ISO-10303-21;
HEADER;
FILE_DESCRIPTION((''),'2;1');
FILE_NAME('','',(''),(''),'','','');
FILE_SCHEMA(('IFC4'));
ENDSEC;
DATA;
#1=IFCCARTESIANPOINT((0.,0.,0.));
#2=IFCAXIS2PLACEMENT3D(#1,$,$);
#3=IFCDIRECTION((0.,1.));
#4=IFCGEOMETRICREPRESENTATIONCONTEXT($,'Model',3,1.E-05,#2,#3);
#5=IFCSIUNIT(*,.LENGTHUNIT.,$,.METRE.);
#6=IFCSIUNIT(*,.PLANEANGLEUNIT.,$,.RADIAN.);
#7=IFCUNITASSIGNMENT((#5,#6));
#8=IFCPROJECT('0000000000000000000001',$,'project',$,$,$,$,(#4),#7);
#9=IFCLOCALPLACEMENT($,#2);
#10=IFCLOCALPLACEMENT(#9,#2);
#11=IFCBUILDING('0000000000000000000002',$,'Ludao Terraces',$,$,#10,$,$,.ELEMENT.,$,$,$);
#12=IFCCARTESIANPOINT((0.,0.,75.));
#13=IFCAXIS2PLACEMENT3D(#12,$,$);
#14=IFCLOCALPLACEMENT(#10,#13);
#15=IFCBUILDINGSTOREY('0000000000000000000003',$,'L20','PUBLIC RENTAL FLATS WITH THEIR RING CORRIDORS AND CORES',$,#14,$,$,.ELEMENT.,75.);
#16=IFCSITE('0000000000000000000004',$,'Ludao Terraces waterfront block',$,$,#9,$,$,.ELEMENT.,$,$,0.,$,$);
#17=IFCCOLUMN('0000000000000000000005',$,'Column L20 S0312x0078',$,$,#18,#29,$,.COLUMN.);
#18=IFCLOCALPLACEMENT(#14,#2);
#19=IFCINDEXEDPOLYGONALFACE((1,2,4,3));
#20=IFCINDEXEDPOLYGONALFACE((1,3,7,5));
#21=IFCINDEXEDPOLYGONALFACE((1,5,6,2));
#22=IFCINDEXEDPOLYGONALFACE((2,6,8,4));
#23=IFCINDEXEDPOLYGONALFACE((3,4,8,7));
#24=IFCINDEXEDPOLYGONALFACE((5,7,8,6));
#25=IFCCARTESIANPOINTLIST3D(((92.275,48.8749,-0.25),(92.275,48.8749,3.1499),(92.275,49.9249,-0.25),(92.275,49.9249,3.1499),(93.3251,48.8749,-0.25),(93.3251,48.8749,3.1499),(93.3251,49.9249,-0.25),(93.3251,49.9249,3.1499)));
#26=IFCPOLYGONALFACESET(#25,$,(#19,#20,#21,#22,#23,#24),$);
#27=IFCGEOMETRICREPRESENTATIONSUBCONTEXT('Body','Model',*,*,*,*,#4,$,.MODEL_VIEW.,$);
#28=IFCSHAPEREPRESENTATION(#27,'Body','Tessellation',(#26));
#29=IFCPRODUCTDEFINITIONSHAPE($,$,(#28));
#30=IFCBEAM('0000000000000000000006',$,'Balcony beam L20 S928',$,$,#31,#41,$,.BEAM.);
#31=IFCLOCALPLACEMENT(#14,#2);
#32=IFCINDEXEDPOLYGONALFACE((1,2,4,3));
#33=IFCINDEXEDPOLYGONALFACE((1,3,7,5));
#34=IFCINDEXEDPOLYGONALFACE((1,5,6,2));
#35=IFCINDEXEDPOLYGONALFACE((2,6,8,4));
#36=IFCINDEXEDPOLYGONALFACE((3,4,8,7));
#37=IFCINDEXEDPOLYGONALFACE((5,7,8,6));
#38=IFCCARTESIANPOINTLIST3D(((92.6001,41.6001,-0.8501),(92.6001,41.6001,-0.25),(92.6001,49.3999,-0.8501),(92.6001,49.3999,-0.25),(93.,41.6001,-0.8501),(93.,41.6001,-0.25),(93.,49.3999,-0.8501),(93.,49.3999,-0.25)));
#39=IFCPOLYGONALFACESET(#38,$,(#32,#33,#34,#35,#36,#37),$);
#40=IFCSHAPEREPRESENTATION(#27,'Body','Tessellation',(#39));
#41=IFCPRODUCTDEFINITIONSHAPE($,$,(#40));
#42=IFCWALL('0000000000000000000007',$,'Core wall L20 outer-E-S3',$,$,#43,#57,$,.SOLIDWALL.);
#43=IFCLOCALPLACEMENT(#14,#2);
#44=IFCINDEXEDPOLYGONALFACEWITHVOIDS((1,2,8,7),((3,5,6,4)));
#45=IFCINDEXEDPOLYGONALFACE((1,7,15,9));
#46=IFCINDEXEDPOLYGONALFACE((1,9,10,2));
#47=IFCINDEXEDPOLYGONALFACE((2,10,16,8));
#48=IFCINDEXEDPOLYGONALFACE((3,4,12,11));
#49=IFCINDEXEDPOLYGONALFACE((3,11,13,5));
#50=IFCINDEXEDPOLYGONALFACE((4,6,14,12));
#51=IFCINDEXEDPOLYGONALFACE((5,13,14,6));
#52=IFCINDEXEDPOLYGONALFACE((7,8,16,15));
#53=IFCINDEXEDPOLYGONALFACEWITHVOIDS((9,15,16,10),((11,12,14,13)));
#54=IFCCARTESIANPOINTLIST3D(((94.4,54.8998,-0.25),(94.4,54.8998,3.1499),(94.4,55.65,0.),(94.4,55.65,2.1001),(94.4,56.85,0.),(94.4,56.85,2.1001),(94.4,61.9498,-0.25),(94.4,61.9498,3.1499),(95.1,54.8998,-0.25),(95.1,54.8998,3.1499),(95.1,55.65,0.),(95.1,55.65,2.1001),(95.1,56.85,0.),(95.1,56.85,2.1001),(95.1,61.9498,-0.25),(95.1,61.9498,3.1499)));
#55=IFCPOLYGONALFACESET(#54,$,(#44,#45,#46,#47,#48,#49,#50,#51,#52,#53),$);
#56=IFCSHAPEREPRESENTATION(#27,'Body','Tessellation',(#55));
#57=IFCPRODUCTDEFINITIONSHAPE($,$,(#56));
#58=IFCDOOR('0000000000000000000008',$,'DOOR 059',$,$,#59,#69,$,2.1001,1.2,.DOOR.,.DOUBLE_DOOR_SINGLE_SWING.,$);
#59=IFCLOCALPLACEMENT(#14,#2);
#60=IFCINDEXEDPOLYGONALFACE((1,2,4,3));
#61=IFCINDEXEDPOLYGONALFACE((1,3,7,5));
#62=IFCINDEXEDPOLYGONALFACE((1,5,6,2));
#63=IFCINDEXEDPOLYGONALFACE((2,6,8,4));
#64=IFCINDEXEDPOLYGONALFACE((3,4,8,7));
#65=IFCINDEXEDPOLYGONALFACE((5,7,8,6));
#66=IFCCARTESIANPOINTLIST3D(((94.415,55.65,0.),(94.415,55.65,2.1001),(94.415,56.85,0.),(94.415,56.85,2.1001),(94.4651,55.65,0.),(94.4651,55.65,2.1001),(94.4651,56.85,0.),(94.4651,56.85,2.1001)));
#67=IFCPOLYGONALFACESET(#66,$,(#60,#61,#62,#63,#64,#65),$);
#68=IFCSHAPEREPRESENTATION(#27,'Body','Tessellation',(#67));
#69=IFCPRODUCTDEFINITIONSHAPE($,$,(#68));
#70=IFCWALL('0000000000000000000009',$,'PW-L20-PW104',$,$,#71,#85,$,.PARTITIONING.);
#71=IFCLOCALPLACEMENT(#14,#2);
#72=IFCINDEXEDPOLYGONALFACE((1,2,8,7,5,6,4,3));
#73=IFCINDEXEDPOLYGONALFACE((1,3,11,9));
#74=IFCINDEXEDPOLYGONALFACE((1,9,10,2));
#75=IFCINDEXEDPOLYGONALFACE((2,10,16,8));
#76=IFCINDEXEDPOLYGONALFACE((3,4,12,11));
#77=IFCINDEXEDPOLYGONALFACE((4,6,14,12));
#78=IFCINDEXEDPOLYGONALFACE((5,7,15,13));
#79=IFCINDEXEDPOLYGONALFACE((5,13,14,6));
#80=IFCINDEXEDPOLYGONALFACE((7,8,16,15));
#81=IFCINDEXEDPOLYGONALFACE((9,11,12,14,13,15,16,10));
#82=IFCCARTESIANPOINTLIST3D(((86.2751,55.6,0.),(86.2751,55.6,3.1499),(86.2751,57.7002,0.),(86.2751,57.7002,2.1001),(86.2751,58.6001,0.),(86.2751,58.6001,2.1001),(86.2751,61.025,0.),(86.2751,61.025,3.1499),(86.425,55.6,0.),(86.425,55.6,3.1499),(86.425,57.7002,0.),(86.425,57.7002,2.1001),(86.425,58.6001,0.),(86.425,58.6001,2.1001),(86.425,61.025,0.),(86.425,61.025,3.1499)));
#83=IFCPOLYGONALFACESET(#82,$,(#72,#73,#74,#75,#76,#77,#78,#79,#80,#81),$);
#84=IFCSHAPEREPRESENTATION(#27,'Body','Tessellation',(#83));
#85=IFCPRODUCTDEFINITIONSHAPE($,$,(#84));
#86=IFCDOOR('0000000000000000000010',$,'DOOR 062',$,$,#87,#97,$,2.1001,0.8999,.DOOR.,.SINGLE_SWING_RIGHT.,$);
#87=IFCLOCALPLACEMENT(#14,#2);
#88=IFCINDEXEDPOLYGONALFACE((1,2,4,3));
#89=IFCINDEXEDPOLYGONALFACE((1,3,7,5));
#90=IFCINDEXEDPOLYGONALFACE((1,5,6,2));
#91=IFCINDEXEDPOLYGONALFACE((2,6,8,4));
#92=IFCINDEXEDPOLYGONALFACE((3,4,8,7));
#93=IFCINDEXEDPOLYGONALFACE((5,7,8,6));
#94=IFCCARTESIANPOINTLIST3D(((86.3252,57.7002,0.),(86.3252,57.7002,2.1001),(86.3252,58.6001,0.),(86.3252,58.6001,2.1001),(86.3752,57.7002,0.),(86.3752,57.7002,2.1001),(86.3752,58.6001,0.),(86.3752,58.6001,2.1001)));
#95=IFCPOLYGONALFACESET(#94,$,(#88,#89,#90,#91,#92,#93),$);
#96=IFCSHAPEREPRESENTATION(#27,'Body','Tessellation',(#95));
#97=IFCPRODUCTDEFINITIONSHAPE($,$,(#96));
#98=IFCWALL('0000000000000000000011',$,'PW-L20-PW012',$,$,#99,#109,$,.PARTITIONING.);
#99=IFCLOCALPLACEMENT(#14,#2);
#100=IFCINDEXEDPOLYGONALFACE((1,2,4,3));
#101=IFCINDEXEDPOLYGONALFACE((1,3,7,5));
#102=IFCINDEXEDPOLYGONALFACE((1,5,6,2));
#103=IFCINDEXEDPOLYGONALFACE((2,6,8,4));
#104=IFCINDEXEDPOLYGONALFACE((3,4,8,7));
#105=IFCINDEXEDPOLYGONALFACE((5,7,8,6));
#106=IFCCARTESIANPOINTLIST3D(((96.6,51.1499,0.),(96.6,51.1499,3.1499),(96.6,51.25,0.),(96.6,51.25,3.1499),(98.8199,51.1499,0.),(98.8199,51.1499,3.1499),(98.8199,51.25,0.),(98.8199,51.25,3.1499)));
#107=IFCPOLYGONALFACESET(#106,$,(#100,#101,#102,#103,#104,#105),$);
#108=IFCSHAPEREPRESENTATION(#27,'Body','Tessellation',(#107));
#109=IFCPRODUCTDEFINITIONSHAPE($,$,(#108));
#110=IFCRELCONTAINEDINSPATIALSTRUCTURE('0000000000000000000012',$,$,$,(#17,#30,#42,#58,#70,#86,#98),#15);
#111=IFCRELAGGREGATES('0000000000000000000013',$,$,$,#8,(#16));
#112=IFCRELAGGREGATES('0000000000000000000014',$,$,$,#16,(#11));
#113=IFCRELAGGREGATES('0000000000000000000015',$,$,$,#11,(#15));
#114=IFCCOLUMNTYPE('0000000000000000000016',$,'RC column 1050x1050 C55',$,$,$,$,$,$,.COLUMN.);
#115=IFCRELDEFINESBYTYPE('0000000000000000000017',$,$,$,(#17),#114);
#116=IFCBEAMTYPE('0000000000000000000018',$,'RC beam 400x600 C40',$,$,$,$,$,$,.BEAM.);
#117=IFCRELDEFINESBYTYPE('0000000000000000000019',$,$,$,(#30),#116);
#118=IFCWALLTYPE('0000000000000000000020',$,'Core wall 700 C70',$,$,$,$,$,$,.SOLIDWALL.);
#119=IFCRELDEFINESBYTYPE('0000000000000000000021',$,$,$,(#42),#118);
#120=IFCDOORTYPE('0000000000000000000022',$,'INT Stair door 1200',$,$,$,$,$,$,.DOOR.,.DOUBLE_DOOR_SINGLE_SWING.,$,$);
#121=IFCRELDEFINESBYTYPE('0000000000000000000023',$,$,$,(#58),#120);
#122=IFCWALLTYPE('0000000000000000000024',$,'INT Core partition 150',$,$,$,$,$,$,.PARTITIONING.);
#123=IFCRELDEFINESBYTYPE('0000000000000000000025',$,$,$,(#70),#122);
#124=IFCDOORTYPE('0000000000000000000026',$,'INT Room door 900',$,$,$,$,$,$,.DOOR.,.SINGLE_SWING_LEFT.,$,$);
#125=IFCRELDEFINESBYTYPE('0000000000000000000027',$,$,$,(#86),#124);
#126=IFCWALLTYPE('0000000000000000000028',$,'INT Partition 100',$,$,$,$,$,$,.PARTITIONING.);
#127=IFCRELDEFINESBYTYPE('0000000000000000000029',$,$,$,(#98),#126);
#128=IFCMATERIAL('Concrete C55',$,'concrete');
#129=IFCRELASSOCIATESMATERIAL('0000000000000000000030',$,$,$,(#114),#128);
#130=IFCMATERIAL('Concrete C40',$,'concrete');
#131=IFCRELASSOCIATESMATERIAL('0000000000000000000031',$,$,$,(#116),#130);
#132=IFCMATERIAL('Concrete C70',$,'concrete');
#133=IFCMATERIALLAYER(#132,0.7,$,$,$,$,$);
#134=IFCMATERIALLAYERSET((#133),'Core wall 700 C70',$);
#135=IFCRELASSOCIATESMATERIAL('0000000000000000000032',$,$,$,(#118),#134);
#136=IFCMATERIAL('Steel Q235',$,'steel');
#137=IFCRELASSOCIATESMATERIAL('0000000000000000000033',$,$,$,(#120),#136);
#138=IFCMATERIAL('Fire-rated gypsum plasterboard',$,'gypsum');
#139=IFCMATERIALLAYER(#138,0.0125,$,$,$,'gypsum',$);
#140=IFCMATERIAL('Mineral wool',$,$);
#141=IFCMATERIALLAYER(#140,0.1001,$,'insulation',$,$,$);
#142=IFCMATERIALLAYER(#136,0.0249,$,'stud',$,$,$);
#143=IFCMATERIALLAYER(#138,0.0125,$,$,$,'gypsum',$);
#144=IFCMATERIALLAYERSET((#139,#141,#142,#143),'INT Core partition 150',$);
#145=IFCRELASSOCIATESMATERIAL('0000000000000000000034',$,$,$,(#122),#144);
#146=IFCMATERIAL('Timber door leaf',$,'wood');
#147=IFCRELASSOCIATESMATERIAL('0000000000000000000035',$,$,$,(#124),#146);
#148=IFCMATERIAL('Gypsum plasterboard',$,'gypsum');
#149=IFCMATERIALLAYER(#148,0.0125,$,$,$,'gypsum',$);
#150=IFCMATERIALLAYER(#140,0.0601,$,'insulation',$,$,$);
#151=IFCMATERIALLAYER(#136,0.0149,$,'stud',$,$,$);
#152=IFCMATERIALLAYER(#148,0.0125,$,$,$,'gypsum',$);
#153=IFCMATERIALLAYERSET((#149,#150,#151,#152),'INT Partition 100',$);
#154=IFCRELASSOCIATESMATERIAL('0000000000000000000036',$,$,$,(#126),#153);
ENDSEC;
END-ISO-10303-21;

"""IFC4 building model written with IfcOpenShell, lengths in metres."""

from ifc_helpers import new_model, si_unit, direction, frame, frame_2d, origin, origin_2d, place, context, subcontext, project, spatial, rectangle, extrude, material, layer, layer_set, material_profile, profile_set, type_object, element, fill, save


model = new_model("IFC4")

# Units and contexts
model_context = context("Model", 3, precision=1e-05, world=origin(), true_north=direction((0.0, 1.0)))
body_context = subcontext(model_context, "Body", "Model", "MODEL_VIEW")
ifc_project = project(units=[si_unit("LENGTHUNIT", "METRE"), si_unit("PLANEANGLEUNIT", "RADIAN")], contexts=[model_context])

# Site, building, storey
site_placement = place(None, origin())
site = spatial("IfcSite", under=ifc_project, at=site_placement, Name="Ludao Terraces waterfront block", CompositionType="ELEMENT", RefElevation=0.0)
building_placement = place(site_placement, origin())
building = spatial("IfcBuilding", under=site, at=building_placement, Name="Ludao Terraces", CompositionType="ELEMENT")
storey_placement = place(building_placement, frame((0.0, 0.0, 75.0)))
storey = spatial("IfcBuildingStorey", under=building, at=storey_placement, Name="L20", Description="PUBLIC RENTAL FLATS WITH THEIR RING CORRIDORS AND CORES", CompositionType="ELEMENT", Elevation=75.0)

# Column
ifc_material_1 = material(Name="Concrete C55", Category="concrete")
ifc_material_profile_1 = material_profile(ifc_material_1, rectangle(XDim=1.05, YDim=1.05, at=origin_2d()), Name="1050 X 1050")
ifc_profile_set_1 = profile_set([ifc_material_profile_1], Name="Concrete C55")
column_type = type_object("IfcColumnType", Name="RC column 1050x1050 C55", PredefinedType="COLUMN", material=ifc_profile_set_1)
column_placement = place(storey_placement, frame((92.8, 49.3999, -0.25), z_axis=(0.0, 0.0, 1.0), x_axis=(1.0, 0.0, 0.0)))
element("IfcColumn", 1, at=column_placement, inside=storey, type_object=column_type, Name="Column L20 S0312x0078", PredefinedType="COLUMN", context=body_context, shape_type="SweptSolid", body=[
    extrude(rectangle(XDim=1.05, YDim=1.05, at=origin_2d()), origin(), (0.0, 0.0, 1.0), 3.3999),
])

# Beam
ifc_material_2 = material(Name="Concrete C40", Category="concrete")
ifc_material_profile_2 = material_profile(ifc_material_2, rectangle(XDim=0.3999, YDim=0.6001, at=origin_2d()), Name="400 X 600")
ifc_profile_set_2 = profile_set([ifc_material_profile_2], Name="Concrete C40")
beam_type = type_object("IfcBeamType", Name="RC beam 400x600 C40", PredefinedType="BEAM", material=ifc_profile_set_2)
beam_placement = place(storey_placement, frame((92.8, 49.3999, -0.55), z_axis=(0.0, -1.0, 0.0), x_axis=(1.0, 0.0, 0.0)))
element("IfcBeam", 2, at=beam_placement, inside=storey, type_object=beam_type, Name="Balcony beam L20 S928", PredefinedType="BEAM", context=body_context, shape_type="SweptSolid", body=[
    extrude(rectangle(XDim=0.3999, YDim=0.6001, at=origin_2d()), origin(), (0.0, 0.0, 1.0), 7.7998),
])

# Walls, openings, doors
ifc_material_3 = material(Name="Concrete C70", Category="concrete")
ifc_layer_1 = layer(ifc_material_3, 0.7)
ifc_layer_set_1 = layer_set([ifc_layer_1], Name="Core wall 700 C70")
wall_type_1 = type_object("IfcWallType", Name="Core wall 700 C70", PredefinedType="SOLIDWALL", material=ifc_layer_set_1)
wall_1_placement = place(storey_placement, frame((94.75, 54.8999, -0.25), z_axis=(0.0, 0.0, 1.0), x_axis=(0.0, 1.0, 0.0)))
wall_1 = element("IfcWall", 3, at=wall_1_placement, inside=storey, type_object=wall_type_1, Name="Core wall L20 outer-E-S3", PredefinedType="SOLIDWALL", context=body_context, shape_type="SweptSolid", body=[
    extrude(rectangle(XDim=7.05, YDim=0.7, at=frame_2d((3.5249, 0.0))), origin(), (0.0, 0.0, 1.0), 3.3999),
])
opening_1_placement = place(wall_1_placement, frame((0.75, 0.0, 0.25)))
opening_1 = element("IfcOpeningElement", 4, at=opening_1_placement, cuts=wall_1, PredefinedType="OPENING", context=body_context, shape_type="SweptSolid", body=[
    extrude(rectangle(XDim=1.2, YDim=2.1001, at=frame_2d((0.6001, 1.05))), frame((0.0, 0.3599, 0.0), z_axis=(0.0, -1.0, 0.0), x_axis=(1.0, 0.0, 0.0)), (0.0, 0.0, 1.0), 0.72),
])
ifc_material_4 = material(Name="Steel Q235", Category="steel")
door_type_1 = type_object("IfcDoorType", Name="INT Stair door 1200", OperationType="DOUBLE_DOOR_SINGLE_SWING", PredefinedType="DOOR", material=ifc_material_4)
door_1_placement = place(opening_1_placement, origin())
door_1 = element("IfcDoor", 5, at=door_1_placement, inside=storey, type_object=door_type_1, Name="DOOR 059", OperationType="DOUBLE_DOOR_SINGLE_SWING", OverallHeight=2.1001, OverallWidth=1.2, PredefinedType="DOOR", context=body_context, shape_type="SweptSolid", body=[
    extrude(rectangle(XDim=1.2, YDim=2.1001, at=frame_2d((0.6001, 1.05))), frame((0.0, 0.335, 0.0), z_axis=(0.0, -1.0, 0.0), x_axis=(1.0, 0.0, 0.0)), (0.0, 0.0, 1.0), 0.05),
])
fill(opening_1, door_1)
ifc_material_5 = material(Name="Fire-rated gypsum plasterboard", Category="gypsum")
ifc_layer_2 = layer(ifc_material_5, 0.0125, Category="gypsum")
ifc_material_6 = material(Name="Mineral wool")
ifc_layer_3 = layer(ifc_material_6, 0.1001, Name="insulation")
ifc_layer_4 = layer(ifc_material_4, 0.0249, Name="stud")
ifc_layer_5 = layer(ifc_material_5, 0.0125, Category="gypsum")
ifc_layer_set_2 = layer_set([ifc_layer_2, ifc_layer_3, ifc_layer_4, ifc_layer_5], Name="INT Core partition 150")
wall_type_2 = type_object("IfcWallType", Name="INT Core partition 150", PredefinedType="PARTITIONING", material=ifc_layer_set_2)
wall_2_placement = place(storey_placement, frame((86.3501, 55.6001, 0.0), z_axis=(0.0, 0.0, 1.0), x_axis=(0.0, 1.0, 0.0)))
wall_2 = element("IfcWall", 6, at=wall_2_placement, inside=storey, type_object=wall_type_2, Name="PW-L20-PW104", PredefinedType="PARTITIONING", context=body_context, shape_type="SweptSolid", body=[
    extrude(rectangle(XDim=5.425, YDim=0.1499, at=frame_2d((2.7124, 0.0))), origin(), (0.0, 0.0, 1.0), 3.1499),
])
opening_2_placement = place(wall_2_placement, frame((2.1001, 0.0, 0.0)))
opening_2 = element("IfcOpeningElement", 7, at=opening_2_placement, cuts=wall_2, PredefinedType="OPENING", context=body_context, shape_type="SweptSolid", body=[
    extrude(rectangle(XDim=0.8999, YDim=2.1001, at=frame_2d((0.45, 1.05))), frame((0.0, 0.085, 0.0), z_axis=(0.0, -1.0, 0.0), x_axis=(1.0, 0.0, 0.0)), (0.0, 0.0, 1.0), 0.1699),
])
ifc_material_7 = material(Name="Timber door leaf", Category="wood")
door_type_2 = type_object("IfcDoorType", Name="INT Room door 900", OperationType="SINGLE_SWING_LEFT", PredefinedType="DOOR", material=ifc_material_7)
door_2_placement = place(opening_2_placement, origin())
door_2 = element("IfcDoor", 8, at=door_2_placement, inside=storey, type_object=door_type_2, Name="DOOR 062", OperationType="SINGLE_SWING_RIGHT", OverallHeight=2.1001, OverallWidth=0.8999, PredefinedType="DOOR", context=body_context, shape_type="SweptSolid", body=[
    extrude(rectangle(XDim=0.8999, YDim=2.1001, at=frame_2d((0.45, 1.05))), frame((0.0, 0.0249, 0.0), z_axis=(0.0, -1.0, 0.0), x_axis=(1.0, 0.0, 0.0)), (0.0, 0.0, 1.0), 0.05),
])
fill(opening_2, door_2)

# Wall
ifc_material_8 = material(Name="Gypsum plasterboard", Category="gypsum")
ifc_layer_6 = layer(ifc_material_8, 0.0125, Category="gypsum")
ifc_layer_7 = layer(ifc_material_6, 0.0601, Name="insulation")
ifc_layer_8 = layer(ifc_material_4, 0.0149, Name="stud")
ifc_layer_9 = layer(ifc_material_8, 0.0125, Category="gypsum")
ifc_layer_set_3 = layer_set([ifc_layer_6, ifc_layer_7, ifc_layer_8, ifc_layer_9], Name="INT Partition 100")
wall_type_3 = type_object("IfcWallType", Name="INT Partition 100", PredefinedType="PARTITIONING", material=ifc_layer_set_3)
wall_3_placement = place(storey_placement, frame((96.6001, 51.2, 0.0), z_axis=(0.0, 0.0, 1.0), x_axis=(1.0, 0.0, 0.0)))
element("IfcWall", 9, at=wall_3_placement, inside=storey, type_object=wall_type_3, Name="PW-L20-PW012", PredefinedType="PARTITIONING", context=body_context, shape_type="SweptSolid", body=[
    extrude(rectangle(XDim=2.22, YDim=0.1001, at=frame_2d((1.1099, 0.0))), origin(), (0.0, 0.0, 1.0), 3.1499),
])

save(model, "model.ifc")
